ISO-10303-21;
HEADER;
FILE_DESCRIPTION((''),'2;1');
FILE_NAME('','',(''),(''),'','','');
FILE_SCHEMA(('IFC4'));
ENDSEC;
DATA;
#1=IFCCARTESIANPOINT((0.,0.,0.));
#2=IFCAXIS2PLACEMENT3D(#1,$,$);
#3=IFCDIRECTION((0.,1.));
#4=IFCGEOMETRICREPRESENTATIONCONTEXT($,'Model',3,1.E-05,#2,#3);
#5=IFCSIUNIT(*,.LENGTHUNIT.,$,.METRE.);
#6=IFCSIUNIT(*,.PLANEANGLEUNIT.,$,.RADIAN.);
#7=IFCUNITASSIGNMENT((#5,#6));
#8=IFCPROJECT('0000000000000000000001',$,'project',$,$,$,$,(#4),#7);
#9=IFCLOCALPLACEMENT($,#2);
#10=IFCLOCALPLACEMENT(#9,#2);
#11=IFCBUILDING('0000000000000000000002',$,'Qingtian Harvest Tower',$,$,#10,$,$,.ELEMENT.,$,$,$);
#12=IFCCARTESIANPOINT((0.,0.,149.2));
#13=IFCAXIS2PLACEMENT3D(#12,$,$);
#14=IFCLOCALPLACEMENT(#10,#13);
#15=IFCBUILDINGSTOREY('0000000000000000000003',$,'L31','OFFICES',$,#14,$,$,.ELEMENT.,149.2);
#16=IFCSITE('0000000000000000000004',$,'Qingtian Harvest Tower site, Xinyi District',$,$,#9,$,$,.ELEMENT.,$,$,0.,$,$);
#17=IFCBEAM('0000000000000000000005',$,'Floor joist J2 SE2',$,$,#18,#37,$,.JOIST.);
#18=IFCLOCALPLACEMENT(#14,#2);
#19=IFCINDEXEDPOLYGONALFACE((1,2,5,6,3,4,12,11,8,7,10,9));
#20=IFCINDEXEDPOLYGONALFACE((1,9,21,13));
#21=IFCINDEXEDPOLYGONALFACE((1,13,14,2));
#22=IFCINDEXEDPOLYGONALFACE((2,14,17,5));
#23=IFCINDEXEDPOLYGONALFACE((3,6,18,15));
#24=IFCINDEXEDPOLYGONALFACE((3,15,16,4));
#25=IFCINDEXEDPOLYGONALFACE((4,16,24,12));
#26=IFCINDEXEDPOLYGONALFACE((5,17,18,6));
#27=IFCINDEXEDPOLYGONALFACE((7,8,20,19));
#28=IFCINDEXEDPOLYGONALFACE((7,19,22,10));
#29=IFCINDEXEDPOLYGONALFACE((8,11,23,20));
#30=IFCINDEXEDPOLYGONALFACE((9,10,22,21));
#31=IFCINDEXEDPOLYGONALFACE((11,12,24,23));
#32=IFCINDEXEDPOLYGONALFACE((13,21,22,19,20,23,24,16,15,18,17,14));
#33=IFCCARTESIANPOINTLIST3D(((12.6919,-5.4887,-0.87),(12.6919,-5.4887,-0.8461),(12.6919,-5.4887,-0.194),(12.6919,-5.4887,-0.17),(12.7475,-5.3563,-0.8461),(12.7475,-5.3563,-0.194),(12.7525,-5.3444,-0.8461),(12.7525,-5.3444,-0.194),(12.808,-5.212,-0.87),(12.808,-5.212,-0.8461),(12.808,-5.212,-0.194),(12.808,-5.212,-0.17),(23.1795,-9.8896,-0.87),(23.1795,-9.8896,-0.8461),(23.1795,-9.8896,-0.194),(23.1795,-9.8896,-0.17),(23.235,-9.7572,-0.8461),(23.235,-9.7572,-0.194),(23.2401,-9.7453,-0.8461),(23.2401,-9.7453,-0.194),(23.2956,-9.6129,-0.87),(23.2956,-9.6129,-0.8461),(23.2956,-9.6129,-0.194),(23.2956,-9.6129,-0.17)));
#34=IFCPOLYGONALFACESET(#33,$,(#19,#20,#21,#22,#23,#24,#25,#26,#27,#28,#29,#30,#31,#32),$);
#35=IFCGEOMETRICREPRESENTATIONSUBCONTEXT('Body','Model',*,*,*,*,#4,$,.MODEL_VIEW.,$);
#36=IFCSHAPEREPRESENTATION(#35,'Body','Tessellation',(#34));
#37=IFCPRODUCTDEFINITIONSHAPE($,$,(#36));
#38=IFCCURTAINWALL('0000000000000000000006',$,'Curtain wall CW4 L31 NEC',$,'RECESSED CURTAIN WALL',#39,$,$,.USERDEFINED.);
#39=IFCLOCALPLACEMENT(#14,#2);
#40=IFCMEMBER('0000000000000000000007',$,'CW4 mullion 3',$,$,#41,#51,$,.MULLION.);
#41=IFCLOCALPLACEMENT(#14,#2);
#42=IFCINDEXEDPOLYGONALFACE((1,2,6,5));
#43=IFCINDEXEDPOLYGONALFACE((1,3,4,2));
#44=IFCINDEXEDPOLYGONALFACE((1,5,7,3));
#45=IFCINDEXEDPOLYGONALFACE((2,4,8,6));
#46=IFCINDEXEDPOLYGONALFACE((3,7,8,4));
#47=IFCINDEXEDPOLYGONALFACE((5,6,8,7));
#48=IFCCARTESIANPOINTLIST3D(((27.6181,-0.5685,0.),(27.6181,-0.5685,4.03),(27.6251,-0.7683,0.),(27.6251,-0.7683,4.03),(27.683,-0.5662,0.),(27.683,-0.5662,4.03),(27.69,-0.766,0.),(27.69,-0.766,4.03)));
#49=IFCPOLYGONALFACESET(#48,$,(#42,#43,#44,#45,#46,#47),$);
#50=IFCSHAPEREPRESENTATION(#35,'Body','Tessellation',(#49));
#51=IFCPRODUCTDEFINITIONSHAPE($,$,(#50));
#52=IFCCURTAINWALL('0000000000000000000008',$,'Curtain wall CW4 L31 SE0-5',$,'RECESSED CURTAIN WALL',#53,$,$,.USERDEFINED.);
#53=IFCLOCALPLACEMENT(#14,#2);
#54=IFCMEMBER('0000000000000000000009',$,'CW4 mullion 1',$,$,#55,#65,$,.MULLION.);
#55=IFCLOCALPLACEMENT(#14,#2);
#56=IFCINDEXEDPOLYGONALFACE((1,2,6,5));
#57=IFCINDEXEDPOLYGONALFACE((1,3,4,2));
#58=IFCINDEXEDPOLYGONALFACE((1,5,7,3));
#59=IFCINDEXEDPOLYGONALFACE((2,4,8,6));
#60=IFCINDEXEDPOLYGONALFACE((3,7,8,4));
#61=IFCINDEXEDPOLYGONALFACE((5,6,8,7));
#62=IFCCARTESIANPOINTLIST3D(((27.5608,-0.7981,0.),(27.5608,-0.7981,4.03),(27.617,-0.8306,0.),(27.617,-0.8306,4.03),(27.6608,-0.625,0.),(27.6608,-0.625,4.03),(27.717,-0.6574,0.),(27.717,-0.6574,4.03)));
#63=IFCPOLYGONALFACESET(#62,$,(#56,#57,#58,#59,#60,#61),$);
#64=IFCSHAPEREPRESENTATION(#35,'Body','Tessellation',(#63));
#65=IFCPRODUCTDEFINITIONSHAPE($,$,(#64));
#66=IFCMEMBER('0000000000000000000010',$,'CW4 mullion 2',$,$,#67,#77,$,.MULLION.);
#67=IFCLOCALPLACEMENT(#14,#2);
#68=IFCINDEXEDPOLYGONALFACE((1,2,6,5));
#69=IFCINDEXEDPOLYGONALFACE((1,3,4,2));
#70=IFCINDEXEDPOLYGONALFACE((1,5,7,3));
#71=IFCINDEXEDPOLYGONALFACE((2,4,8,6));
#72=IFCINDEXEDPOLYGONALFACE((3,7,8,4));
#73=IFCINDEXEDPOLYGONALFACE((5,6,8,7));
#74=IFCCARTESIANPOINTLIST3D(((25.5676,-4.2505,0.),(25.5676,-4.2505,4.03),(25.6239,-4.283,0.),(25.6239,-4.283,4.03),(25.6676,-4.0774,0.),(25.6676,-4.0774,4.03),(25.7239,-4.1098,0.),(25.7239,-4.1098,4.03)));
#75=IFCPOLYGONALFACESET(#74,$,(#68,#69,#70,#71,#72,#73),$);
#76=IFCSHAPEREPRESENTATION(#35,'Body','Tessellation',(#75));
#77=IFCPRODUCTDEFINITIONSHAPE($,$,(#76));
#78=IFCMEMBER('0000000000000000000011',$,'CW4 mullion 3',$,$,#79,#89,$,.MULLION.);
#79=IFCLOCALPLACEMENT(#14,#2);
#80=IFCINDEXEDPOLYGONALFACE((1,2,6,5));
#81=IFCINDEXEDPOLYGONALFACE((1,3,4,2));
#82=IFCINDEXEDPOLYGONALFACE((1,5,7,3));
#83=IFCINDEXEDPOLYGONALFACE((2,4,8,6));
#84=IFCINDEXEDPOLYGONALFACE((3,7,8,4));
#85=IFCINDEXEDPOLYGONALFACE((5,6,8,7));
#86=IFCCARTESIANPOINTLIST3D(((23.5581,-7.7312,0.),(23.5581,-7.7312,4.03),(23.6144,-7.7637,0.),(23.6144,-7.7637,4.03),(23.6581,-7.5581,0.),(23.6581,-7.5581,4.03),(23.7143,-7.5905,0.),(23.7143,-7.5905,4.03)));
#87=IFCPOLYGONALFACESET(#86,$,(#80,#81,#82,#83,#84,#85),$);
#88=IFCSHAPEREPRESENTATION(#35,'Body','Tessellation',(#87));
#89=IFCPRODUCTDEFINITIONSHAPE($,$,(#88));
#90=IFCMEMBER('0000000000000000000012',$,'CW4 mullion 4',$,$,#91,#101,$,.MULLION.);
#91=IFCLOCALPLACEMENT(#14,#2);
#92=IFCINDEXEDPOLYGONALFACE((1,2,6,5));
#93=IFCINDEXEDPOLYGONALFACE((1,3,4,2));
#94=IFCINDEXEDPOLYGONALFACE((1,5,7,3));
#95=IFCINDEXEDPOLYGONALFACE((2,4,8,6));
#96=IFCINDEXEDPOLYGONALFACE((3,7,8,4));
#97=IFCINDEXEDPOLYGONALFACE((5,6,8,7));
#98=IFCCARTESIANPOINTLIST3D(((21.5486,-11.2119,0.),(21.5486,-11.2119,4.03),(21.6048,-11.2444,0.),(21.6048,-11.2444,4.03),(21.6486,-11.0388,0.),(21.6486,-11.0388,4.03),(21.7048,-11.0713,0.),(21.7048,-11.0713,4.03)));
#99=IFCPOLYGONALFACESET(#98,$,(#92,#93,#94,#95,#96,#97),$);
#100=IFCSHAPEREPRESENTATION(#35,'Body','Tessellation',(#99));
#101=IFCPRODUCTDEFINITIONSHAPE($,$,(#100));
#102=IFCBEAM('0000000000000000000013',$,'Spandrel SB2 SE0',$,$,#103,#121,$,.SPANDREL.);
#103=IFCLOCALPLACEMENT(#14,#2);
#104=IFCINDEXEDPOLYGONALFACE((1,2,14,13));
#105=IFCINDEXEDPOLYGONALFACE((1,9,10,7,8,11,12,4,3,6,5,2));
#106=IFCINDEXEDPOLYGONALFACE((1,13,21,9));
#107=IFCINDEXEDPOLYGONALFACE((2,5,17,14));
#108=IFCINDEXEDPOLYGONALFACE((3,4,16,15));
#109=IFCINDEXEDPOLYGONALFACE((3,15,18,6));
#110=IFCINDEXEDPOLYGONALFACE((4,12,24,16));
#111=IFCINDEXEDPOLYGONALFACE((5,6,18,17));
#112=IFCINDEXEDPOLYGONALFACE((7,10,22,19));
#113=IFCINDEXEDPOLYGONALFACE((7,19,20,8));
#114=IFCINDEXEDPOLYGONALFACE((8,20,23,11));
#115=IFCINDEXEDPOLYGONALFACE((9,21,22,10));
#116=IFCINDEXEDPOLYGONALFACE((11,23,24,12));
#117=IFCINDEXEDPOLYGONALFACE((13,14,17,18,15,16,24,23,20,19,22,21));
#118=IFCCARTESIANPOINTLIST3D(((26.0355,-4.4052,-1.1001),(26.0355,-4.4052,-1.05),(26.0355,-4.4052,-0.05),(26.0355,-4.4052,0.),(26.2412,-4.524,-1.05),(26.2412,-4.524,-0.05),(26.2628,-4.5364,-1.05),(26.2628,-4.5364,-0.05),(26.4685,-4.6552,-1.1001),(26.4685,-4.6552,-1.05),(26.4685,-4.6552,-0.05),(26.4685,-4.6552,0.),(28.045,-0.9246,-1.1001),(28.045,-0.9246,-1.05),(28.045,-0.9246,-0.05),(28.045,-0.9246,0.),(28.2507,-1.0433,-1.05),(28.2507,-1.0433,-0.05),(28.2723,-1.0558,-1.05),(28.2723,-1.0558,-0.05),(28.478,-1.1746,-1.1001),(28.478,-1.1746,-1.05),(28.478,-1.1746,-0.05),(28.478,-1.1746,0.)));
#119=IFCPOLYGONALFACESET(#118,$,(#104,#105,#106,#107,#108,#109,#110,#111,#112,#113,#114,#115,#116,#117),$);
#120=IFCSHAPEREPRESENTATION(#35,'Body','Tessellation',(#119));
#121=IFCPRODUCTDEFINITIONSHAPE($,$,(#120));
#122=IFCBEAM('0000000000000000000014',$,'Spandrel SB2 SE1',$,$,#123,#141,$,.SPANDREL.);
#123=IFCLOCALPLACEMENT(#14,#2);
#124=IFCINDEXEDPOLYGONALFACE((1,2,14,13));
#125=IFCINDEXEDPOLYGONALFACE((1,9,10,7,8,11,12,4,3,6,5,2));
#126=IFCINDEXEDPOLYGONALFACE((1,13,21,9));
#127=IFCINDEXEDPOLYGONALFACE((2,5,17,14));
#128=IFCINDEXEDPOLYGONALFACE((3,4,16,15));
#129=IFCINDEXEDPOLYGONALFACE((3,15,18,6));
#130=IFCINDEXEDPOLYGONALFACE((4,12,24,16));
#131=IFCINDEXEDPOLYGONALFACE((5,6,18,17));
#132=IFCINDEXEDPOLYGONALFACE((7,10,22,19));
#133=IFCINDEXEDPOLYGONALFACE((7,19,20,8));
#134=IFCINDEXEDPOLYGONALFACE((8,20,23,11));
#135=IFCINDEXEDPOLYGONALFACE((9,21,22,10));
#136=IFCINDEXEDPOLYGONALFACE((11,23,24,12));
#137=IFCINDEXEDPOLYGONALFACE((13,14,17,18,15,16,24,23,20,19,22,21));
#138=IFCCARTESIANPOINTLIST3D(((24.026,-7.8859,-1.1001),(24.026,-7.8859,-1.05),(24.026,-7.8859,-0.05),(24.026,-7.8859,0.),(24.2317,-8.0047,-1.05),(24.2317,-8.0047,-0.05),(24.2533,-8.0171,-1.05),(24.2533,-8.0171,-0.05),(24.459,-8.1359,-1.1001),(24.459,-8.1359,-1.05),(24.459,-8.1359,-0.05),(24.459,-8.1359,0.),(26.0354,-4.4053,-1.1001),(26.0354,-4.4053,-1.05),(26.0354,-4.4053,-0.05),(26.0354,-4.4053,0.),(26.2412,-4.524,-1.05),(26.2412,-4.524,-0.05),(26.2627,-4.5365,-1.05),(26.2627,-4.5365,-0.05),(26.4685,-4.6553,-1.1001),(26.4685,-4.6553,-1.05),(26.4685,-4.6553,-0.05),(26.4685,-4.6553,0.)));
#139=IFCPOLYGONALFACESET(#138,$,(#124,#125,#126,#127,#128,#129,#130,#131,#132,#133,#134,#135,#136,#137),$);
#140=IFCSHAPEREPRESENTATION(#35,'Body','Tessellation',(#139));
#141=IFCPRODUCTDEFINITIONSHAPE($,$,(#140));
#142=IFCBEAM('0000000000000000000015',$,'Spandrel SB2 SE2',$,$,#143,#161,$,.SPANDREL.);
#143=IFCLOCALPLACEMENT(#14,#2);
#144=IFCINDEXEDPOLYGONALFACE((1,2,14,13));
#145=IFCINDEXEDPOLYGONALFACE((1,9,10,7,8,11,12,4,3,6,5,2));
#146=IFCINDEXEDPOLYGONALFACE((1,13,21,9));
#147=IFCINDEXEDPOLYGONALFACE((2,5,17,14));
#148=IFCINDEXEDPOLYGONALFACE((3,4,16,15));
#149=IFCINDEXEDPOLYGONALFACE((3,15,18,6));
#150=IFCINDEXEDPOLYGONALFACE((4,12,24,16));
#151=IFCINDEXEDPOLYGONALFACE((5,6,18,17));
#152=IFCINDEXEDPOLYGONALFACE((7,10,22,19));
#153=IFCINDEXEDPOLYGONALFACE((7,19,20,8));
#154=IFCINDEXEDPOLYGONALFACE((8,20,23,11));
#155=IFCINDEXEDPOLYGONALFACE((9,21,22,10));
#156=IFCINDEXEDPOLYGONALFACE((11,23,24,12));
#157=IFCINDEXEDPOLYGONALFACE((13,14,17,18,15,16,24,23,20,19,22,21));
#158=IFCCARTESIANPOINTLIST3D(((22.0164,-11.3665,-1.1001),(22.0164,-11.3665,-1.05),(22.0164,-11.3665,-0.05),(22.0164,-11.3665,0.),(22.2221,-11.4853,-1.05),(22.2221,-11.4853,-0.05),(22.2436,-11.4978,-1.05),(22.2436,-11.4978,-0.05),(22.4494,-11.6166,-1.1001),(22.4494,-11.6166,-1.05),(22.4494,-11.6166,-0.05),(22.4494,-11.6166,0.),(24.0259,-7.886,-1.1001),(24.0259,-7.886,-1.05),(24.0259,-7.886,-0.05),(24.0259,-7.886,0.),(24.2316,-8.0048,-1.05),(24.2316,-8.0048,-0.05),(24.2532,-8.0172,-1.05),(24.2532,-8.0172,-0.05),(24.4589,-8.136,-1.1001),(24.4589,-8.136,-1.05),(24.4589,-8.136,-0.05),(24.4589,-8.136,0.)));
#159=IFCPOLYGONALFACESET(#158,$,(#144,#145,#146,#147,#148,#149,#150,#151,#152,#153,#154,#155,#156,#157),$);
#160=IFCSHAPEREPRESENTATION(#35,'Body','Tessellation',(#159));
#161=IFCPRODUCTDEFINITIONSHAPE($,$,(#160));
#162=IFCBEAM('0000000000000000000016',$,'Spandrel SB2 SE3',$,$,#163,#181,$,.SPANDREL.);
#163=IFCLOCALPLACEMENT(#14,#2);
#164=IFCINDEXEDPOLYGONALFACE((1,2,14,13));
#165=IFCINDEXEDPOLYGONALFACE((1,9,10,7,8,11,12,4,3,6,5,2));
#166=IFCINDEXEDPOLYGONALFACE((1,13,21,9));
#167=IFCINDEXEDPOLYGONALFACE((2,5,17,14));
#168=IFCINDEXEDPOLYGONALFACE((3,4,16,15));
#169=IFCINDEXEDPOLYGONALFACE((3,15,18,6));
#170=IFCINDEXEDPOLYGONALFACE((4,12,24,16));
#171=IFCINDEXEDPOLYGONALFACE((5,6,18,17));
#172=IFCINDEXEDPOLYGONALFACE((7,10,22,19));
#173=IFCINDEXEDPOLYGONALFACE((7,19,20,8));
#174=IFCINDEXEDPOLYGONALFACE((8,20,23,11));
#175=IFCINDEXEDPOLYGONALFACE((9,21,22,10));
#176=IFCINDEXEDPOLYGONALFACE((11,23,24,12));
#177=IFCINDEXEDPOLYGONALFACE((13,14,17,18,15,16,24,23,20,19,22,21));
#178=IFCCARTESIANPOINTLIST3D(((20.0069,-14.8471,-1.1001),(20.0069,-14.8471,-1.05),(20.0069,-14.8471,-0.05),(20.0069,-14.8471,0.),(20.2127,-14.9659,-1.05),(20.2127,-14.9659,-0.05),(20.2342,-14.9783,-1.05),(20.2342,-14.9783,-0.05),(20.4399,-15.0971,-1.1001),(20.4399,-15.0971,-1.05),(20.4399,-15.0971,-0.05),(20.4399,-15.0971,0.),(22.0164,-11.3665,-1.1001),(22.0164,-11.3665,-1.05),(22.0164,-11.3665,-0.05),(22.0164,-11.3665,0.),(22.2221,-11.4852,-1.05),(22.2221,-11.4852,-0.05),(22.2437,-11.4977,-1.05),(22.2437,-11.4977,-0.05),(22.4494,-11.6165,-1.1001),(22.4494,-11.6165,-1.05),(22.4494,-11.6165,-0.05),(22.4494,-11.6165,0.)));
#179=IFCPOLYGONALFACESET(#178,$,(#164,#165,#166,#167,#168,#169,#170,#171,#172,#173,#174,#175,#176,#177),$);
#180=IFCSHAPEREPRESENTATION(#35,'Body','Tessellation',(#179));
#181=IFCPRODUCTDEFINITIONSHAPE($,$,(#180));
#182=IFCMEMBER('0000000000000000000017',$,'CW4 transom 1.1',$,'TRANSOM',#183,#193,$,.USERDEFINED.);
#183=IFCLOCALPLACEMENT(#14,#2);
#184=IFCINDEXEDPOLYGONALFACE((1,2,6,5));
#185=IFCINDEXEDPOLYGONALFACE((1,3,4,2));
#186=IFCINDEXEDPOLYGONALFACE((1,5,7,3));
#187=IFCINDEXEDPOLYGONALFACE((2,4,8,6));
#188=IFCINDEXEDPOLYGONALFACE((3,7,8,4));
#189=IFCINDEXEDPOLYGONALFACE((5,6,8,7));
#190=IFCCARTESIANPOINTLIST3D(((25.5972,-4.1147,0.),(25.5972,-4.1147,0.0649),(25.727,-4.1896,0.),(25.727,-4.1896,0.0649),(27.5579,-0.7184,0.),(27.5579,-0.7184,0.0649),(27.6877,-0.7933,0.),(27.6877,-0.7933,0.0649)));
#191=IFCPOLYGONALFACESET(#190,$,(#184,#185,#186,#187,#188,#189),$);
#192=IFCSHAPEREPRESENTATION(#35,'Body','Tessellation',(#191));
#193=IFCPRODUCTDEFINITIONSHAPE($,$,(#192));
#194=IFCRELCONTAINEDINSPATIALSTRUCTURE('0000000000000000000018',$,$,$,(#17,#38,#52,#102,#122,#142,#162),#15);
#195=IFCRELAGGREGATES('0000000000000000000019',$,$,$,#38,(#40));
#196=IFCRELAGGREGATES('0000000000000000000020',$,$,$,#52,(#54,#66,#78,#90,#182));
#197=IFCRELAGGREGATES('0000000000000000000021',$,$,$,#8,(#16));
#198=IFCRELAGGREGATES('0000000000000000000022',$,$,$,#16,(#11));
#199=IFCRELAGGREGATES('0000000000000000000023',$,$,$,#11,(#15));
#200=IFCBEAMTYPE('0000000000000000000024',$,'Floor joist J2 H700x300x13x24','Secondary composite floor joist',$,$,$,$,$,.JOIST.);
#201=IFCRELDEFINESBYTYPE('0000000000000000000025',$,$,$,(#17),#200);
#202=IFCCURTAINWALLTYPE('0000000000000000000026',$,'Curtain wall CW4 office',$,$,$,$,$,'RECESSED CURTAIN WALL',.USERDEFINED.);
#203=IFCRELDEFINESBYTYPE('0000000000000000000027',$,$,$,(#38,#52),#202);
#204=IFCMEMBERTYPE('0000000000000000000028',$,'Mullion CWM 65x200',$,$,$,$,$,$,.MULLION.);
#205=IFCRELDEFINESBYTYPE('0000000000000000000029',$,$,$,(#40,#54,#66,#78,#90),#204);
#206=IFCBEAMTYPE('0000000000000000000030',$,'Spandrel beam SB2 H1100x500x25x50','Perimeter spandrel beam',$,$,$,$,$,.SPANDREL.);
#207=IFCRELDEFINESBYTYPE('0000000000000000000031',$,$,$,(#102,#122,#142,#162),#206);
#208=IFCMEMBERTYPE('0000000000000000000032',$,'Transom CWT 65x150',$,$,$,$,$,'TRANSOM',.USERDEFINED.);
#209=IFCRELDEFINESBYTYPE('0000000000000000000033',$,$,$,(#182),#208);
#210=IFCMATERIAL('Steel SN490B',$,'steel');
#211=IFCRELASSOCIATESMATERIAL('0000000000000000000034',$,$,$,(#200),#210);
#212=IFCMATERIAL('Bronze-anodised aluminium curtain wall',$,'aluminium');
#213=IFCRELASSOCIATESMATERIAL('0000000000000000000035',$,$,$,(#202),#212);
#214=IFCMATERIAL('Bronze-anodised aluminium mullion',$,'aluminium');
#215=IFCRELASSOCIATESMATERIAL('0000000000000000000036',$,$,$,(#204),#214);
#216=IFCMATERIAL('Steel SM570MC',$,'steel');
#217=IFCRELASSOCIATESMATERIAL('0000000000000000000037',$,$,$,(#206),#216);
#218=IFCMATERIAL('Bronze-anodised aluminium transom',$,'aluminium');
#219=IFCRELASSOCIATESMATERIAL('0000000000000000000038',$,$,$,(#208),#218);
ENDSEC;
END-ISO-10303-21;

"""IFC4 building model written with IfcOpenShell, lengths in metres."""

from ifc_helpers import new_model, si_unit, direction, frame, origin, origin_2d, place, context, subcontext, project, spatial, rectangle, i_section, extrude, material, material_profile, profile_set, type_object, element, aggregate, save


model = new_model("IFC4")

# Units and contexts
model_context = context("Model", 3, precision=1e-05, world=origin(), true_north=direction((0.0, 1.0)))
body_context = subcontext(model_context, "Body", "Model", "MODEL_VIEW")
ifc_project = project(units=[si_unit("LENGTHUNIT", "METRE"), si_unit("PLANEANGLEUNIT", "RADIAN")], contexts=[model_context])

# Site, building, storey
site_placement = place(None, origin())
site = spatial("IfcSite", under=ifc_project, at=site_placement, Name="Qingtian Harvest Tower site, Xinyi District", CompositionType="ELEMENT", RefElevation=0.0)
building_placement = place(site_placement, origin())
building = spatial("IfcBuilding", under=site, at=building_placement, Name="Qingtian Harvest Tower", CompositionType="ELEMENT")
storey_placement = place(building_placement, frame((0.0, 0.0, 149.2)))
storey = spatial("IfcBuildingStorey", under=building, at=storey_placement, Name="L31", Description="OFFICES", CompositionType="ELEMENT", Elevation=149.2)

# Beam
ifc_material_1 = material(Name="Steel SN490B", Category="steel")
ifc_material_profile_1 = material_profile(ifc_material_1, i_section(OverallWidth=0.3, OverallDepth=0.7, WebThickness=0.0129, FlangeThickness=0.0239, at=origin_2d()), Name="H700x300x13x24")
ifc_profile_set_1 = profile_set([ifc_material_profile_1], Name="Steel SN490B")
beam_type_1 = type_object("IfcBeamType", Name="Floor joist J2 H700x300x13x24", Description="Secondary composite floor joist", PredefinedType="JOIST", material=ifc_profile_set_1)
beam_1_placement = place(storey_placement, frame((23.2375, -9.7512, -0.52), z_axis=(-0.922104, 0.386942, 0.0), x_axis=(-0.386942, -0.922104, 0.0)))
element("IfcBeam", 1, at=beam_1_placement, inside=storey, type_object=beam_type_1, Name="Floor joist J2 SE2", PredefinedType="JOIST", context=body_context, shape_type="SweptSolid", body=[
    extrude(i_section(OverallWidth=0.3, OverallDepth=0.7, WebThickness=0.0129, FlangeThickness=0.0239, at=origin_2d()), origin(), (0.0, 0.0, 1.0), 11.3735),
])

# Curtain wall, member
ifc_material_2 = material(Name="Bronze-anodised aluminium curtain wall", Category="aluminium")
curtain_wall_type = type_object("IfcCurtainWallType", Name="Curtain wall CW4 office", ElementType="RECESSED CURTAIN WALL", PredefinedType="USERDEFINED", material=ifc_material_2)
curtain_wall_1_placement = place(storey_placement, origin())
curtain_wall_1 = element("IfcCurtainWall", 2, at=curtain_wall_1_placement, inside=storey, type_object=curtain_wall_type, Name="Curtain wall CW4 L31 NEC", ObjectType="RECESSED CURTAIN WALL", PredefinedType="USERDEFINED")
ifc_material_3 = material(Name="Bronze-anodised aluminium mullion", Category="aluminium")
ifc_material_profile_2 = material_profile(ifc_material_3, rectangle(XDim=0.0649, YDim=0.2, at=origin_2d()), Name="AL 65x200")
ifc_profile_set_2 = profile_set([ifc_material_profile_2], Name="Bronze-anodised aluminium mullion")
member_type_1 = type_object("IfcMemberType", Name="Mullion CWM 65x200", PredefinedType="MULLION", material=ifc_profile_set_2)
member_1_placement = place(storey_placement, frame((27.6541, -0.6672, 0.0), z_axis=(0.0, 0.0, 1.0), x_axis=(0.999391, 0.034899, 0.0)))
member_1 = element("IfcMember", 3, at=member_1_placement, type_object=member_type_1, Name="CW4 mullion 3", PredefinedType="MULLION", context=body_context, shape_type="SweptSolid", body=[
    extrude(rectangle(XDim=0.0649, YDim=0.2, at=origin_2d()), origin(), (0.0, 0.0, 1.0), 4.03),
])
aggregate(curtain_wall_1, [member_1])

# Curtain wall, members
curtain_wall_2_placement = place(storey_placement, origin())
curtain_wall_2 = element("IfcCurtainWall", 4, at=curtain_wall_2_placement, inside=storey, type_object=curtain_wall_type, Name="Curtain wall CW4 L31 SE0-5", ObjectType="RECESSED CURTAIN WALL", PredefinedType="USERDEFINED")
member_2_placement = place(storey_placement, frame((27.6389, -0.7278, 0.0), z_axis=(0.0, 0.0, 1.0), x_axis=(0.866025, -0.5, 0.0)))
member_2 = element("IfcMember", 5, at=member_2_placement, type_object=member_type_1, Name="CW4 mullion 1", PredefinedType="MULLION", context=body_context, shape_type="SweptSolid", body=[
    extrude(rectangle(XDim=0.0649, YDim=0.2, at=origin_2d()), origin(), (0.0, 0.0, 1.0), 4.03),
])
member_3_placement = place(storey_placement, frame((25.6458, -4.1802, 0.0), z_axis=(0.0, 0.0, 1.0), x_axis=(0.866025, -0.5, 0.0)))
member_3 = element("IfcMember", 6, at=member_3_placement, type_object=member_type_1, Name="CW4 mullion 2", PredefinedType="MULLION", context=body_context, shape_type="SweptSolid", body=[
    extrude(rectangle(XDim=0.0649, YDim=0.2, at=origin_2d()), origin(), (0.0, 0.0, 1.0), 4.03),
])
member_4_placement = place(storey_placement, frame((23.6362, -7.6609, 0.0), z_axis=(0.0, 0.0, 1.0), x_axis=(0.866025, -0.5, 0.0)))
member_4 = element("IfcMember", 7, at=member_4_placement, type_object=member_type_1, Name="CW4 mullion 3", PredefinedType="MULLION", context=body_context, shape_type="SweptSolid", body=[
    extrude(rectangle(XDim=0.0649, YDim=0.2, at=origin_2d()), origin(), (0.0, 0.0, 1.0), 4.03),
])
member_5_placement = place(storey_placement, frame((21.6267, -11.1416, 0.0), z_axis=(0.0, 0.0, 1.0), x_axis=(0.866025, -0.5, 0.0)))
member_5 = element("IfcMember", 8, at=member_5_placement, type_object=member_type_1, Name="CW4 mullion 4", PredefinedType="MULLION", context=body_context, shape_type="SweptSolid", body=[
    extrude(rectangle(XDim=0.0649, YDim=0.2, at=origin_2d()), origin(), (0.0, 0.0, 1.0), 4.03),
])

# Beams
ifc_material_4 = material(Name="Steel SM570MC", Category="steel")
ifc_material_profile_3 = material_profile(ifc_material_4, i_section(OverallWidth=0.5, OverallDepth=1.1001, WebThickness=0.0249, FlangeThickness=0.05, at=origin_2d()), Name="H1100x500x25x50")
ifc_profile_set_3 = profile_set([ifc_material_profile_3], Name="Steel SM570MC")
beam_type_2 = type_object("IfcBeamType", Name="Spandrel beam SB2 H1100x500x25x50", Description="Perimeter spandrel beam", PredefinedType="SPANDREL", material=ifc_profile_set_3)
for number, where, z_axis, x_axis, name in (
    (9, (28.2615, -1.0496, -0.55), (-0.499987, -0.866033, 0.0), (0.866033, -0.499987, 0.0), "Spandrel SB2 SE0"),
    (10, (26.252, -4.5303, -0.55), (-0.499987, -0.866033, 0.0), (0.866033, -0.499987, 0.0), "Spandrel SB2 SE1"),
    (11, (24.2424, -8.011, -0.55), (-0.500013, -0.866018, 0.0), (0.866018, -0.500013, 0.0), "Spandrel SB2 SE2"),
    (12, (22.2329, -11.4915, -0.55), (-0.499987, -0.866033, 0.0), (0.866033, -0.499987, 0.0), "Spandrel SB2 SE3"),
):
    element("IfcBeam", number, at=place(storey_placement, frame(where, z_axis=z_axis, x_axis=x_axis)), inside=storey, type_object=beam_type_2, Name=name, PredefinedType="SPANDREL", context=body_context, shape_type="SweptSolid", body=[
        extrude(i_section(OverallWidth=0.5, OverallDepth=1.1001, WebThickness=0.0249, FlangeThickness=0.05, at=origin_2d()), origin(), (0.0, 0.0, 1.0), 4.019),
    ])

# Member
ifc_material_5 = material(Name="Bronze-anodised aluminium transom", Category="aluminium")
ifc_material_profile_4 = material_profile(ifc_material_5, rectangle(XDim=0.1499, YDim=0.0649, at=origin_2d()), Name="AL 65x150")
ifc_profile_set_4 = profile_set([ifc_material_profile_4], Name="Bronze-anodised aluminium transom")
member_type_2 = type_object("IfcMemberType", Name="Transom CWT 65x150", ElementType="TRANSOM", PredefinedType="USERDEFINED", material=ifc_profile_set_4)
member_6_placement = place(storey_placement, frame((27.6228, -0.7559, 0.0325), z_axis=(-0.499976, -0.866039, 0.0), x_axis=(0.866039, -0.499976, 0.0)))
member_6 = element("IfcMember", 13, at=member_6_placement, type_object=member_type_2, Name="CW4 transom 1.1", ObjectType="TRANSOM", PredefinedType="USERDEFINED", context=body_context, shape_type="SweptSolid", body=[
    extrude(rectangle(XDim=0.1499, YDim=0.0649, at=origin_2d()), origin(), (0.0, 0.0, 1.0), 3.9216),
])

aggregate(curtain_wall_2, [member_2, member_3, member_4, member_5, member_6])

save(model, "model.ifc")
